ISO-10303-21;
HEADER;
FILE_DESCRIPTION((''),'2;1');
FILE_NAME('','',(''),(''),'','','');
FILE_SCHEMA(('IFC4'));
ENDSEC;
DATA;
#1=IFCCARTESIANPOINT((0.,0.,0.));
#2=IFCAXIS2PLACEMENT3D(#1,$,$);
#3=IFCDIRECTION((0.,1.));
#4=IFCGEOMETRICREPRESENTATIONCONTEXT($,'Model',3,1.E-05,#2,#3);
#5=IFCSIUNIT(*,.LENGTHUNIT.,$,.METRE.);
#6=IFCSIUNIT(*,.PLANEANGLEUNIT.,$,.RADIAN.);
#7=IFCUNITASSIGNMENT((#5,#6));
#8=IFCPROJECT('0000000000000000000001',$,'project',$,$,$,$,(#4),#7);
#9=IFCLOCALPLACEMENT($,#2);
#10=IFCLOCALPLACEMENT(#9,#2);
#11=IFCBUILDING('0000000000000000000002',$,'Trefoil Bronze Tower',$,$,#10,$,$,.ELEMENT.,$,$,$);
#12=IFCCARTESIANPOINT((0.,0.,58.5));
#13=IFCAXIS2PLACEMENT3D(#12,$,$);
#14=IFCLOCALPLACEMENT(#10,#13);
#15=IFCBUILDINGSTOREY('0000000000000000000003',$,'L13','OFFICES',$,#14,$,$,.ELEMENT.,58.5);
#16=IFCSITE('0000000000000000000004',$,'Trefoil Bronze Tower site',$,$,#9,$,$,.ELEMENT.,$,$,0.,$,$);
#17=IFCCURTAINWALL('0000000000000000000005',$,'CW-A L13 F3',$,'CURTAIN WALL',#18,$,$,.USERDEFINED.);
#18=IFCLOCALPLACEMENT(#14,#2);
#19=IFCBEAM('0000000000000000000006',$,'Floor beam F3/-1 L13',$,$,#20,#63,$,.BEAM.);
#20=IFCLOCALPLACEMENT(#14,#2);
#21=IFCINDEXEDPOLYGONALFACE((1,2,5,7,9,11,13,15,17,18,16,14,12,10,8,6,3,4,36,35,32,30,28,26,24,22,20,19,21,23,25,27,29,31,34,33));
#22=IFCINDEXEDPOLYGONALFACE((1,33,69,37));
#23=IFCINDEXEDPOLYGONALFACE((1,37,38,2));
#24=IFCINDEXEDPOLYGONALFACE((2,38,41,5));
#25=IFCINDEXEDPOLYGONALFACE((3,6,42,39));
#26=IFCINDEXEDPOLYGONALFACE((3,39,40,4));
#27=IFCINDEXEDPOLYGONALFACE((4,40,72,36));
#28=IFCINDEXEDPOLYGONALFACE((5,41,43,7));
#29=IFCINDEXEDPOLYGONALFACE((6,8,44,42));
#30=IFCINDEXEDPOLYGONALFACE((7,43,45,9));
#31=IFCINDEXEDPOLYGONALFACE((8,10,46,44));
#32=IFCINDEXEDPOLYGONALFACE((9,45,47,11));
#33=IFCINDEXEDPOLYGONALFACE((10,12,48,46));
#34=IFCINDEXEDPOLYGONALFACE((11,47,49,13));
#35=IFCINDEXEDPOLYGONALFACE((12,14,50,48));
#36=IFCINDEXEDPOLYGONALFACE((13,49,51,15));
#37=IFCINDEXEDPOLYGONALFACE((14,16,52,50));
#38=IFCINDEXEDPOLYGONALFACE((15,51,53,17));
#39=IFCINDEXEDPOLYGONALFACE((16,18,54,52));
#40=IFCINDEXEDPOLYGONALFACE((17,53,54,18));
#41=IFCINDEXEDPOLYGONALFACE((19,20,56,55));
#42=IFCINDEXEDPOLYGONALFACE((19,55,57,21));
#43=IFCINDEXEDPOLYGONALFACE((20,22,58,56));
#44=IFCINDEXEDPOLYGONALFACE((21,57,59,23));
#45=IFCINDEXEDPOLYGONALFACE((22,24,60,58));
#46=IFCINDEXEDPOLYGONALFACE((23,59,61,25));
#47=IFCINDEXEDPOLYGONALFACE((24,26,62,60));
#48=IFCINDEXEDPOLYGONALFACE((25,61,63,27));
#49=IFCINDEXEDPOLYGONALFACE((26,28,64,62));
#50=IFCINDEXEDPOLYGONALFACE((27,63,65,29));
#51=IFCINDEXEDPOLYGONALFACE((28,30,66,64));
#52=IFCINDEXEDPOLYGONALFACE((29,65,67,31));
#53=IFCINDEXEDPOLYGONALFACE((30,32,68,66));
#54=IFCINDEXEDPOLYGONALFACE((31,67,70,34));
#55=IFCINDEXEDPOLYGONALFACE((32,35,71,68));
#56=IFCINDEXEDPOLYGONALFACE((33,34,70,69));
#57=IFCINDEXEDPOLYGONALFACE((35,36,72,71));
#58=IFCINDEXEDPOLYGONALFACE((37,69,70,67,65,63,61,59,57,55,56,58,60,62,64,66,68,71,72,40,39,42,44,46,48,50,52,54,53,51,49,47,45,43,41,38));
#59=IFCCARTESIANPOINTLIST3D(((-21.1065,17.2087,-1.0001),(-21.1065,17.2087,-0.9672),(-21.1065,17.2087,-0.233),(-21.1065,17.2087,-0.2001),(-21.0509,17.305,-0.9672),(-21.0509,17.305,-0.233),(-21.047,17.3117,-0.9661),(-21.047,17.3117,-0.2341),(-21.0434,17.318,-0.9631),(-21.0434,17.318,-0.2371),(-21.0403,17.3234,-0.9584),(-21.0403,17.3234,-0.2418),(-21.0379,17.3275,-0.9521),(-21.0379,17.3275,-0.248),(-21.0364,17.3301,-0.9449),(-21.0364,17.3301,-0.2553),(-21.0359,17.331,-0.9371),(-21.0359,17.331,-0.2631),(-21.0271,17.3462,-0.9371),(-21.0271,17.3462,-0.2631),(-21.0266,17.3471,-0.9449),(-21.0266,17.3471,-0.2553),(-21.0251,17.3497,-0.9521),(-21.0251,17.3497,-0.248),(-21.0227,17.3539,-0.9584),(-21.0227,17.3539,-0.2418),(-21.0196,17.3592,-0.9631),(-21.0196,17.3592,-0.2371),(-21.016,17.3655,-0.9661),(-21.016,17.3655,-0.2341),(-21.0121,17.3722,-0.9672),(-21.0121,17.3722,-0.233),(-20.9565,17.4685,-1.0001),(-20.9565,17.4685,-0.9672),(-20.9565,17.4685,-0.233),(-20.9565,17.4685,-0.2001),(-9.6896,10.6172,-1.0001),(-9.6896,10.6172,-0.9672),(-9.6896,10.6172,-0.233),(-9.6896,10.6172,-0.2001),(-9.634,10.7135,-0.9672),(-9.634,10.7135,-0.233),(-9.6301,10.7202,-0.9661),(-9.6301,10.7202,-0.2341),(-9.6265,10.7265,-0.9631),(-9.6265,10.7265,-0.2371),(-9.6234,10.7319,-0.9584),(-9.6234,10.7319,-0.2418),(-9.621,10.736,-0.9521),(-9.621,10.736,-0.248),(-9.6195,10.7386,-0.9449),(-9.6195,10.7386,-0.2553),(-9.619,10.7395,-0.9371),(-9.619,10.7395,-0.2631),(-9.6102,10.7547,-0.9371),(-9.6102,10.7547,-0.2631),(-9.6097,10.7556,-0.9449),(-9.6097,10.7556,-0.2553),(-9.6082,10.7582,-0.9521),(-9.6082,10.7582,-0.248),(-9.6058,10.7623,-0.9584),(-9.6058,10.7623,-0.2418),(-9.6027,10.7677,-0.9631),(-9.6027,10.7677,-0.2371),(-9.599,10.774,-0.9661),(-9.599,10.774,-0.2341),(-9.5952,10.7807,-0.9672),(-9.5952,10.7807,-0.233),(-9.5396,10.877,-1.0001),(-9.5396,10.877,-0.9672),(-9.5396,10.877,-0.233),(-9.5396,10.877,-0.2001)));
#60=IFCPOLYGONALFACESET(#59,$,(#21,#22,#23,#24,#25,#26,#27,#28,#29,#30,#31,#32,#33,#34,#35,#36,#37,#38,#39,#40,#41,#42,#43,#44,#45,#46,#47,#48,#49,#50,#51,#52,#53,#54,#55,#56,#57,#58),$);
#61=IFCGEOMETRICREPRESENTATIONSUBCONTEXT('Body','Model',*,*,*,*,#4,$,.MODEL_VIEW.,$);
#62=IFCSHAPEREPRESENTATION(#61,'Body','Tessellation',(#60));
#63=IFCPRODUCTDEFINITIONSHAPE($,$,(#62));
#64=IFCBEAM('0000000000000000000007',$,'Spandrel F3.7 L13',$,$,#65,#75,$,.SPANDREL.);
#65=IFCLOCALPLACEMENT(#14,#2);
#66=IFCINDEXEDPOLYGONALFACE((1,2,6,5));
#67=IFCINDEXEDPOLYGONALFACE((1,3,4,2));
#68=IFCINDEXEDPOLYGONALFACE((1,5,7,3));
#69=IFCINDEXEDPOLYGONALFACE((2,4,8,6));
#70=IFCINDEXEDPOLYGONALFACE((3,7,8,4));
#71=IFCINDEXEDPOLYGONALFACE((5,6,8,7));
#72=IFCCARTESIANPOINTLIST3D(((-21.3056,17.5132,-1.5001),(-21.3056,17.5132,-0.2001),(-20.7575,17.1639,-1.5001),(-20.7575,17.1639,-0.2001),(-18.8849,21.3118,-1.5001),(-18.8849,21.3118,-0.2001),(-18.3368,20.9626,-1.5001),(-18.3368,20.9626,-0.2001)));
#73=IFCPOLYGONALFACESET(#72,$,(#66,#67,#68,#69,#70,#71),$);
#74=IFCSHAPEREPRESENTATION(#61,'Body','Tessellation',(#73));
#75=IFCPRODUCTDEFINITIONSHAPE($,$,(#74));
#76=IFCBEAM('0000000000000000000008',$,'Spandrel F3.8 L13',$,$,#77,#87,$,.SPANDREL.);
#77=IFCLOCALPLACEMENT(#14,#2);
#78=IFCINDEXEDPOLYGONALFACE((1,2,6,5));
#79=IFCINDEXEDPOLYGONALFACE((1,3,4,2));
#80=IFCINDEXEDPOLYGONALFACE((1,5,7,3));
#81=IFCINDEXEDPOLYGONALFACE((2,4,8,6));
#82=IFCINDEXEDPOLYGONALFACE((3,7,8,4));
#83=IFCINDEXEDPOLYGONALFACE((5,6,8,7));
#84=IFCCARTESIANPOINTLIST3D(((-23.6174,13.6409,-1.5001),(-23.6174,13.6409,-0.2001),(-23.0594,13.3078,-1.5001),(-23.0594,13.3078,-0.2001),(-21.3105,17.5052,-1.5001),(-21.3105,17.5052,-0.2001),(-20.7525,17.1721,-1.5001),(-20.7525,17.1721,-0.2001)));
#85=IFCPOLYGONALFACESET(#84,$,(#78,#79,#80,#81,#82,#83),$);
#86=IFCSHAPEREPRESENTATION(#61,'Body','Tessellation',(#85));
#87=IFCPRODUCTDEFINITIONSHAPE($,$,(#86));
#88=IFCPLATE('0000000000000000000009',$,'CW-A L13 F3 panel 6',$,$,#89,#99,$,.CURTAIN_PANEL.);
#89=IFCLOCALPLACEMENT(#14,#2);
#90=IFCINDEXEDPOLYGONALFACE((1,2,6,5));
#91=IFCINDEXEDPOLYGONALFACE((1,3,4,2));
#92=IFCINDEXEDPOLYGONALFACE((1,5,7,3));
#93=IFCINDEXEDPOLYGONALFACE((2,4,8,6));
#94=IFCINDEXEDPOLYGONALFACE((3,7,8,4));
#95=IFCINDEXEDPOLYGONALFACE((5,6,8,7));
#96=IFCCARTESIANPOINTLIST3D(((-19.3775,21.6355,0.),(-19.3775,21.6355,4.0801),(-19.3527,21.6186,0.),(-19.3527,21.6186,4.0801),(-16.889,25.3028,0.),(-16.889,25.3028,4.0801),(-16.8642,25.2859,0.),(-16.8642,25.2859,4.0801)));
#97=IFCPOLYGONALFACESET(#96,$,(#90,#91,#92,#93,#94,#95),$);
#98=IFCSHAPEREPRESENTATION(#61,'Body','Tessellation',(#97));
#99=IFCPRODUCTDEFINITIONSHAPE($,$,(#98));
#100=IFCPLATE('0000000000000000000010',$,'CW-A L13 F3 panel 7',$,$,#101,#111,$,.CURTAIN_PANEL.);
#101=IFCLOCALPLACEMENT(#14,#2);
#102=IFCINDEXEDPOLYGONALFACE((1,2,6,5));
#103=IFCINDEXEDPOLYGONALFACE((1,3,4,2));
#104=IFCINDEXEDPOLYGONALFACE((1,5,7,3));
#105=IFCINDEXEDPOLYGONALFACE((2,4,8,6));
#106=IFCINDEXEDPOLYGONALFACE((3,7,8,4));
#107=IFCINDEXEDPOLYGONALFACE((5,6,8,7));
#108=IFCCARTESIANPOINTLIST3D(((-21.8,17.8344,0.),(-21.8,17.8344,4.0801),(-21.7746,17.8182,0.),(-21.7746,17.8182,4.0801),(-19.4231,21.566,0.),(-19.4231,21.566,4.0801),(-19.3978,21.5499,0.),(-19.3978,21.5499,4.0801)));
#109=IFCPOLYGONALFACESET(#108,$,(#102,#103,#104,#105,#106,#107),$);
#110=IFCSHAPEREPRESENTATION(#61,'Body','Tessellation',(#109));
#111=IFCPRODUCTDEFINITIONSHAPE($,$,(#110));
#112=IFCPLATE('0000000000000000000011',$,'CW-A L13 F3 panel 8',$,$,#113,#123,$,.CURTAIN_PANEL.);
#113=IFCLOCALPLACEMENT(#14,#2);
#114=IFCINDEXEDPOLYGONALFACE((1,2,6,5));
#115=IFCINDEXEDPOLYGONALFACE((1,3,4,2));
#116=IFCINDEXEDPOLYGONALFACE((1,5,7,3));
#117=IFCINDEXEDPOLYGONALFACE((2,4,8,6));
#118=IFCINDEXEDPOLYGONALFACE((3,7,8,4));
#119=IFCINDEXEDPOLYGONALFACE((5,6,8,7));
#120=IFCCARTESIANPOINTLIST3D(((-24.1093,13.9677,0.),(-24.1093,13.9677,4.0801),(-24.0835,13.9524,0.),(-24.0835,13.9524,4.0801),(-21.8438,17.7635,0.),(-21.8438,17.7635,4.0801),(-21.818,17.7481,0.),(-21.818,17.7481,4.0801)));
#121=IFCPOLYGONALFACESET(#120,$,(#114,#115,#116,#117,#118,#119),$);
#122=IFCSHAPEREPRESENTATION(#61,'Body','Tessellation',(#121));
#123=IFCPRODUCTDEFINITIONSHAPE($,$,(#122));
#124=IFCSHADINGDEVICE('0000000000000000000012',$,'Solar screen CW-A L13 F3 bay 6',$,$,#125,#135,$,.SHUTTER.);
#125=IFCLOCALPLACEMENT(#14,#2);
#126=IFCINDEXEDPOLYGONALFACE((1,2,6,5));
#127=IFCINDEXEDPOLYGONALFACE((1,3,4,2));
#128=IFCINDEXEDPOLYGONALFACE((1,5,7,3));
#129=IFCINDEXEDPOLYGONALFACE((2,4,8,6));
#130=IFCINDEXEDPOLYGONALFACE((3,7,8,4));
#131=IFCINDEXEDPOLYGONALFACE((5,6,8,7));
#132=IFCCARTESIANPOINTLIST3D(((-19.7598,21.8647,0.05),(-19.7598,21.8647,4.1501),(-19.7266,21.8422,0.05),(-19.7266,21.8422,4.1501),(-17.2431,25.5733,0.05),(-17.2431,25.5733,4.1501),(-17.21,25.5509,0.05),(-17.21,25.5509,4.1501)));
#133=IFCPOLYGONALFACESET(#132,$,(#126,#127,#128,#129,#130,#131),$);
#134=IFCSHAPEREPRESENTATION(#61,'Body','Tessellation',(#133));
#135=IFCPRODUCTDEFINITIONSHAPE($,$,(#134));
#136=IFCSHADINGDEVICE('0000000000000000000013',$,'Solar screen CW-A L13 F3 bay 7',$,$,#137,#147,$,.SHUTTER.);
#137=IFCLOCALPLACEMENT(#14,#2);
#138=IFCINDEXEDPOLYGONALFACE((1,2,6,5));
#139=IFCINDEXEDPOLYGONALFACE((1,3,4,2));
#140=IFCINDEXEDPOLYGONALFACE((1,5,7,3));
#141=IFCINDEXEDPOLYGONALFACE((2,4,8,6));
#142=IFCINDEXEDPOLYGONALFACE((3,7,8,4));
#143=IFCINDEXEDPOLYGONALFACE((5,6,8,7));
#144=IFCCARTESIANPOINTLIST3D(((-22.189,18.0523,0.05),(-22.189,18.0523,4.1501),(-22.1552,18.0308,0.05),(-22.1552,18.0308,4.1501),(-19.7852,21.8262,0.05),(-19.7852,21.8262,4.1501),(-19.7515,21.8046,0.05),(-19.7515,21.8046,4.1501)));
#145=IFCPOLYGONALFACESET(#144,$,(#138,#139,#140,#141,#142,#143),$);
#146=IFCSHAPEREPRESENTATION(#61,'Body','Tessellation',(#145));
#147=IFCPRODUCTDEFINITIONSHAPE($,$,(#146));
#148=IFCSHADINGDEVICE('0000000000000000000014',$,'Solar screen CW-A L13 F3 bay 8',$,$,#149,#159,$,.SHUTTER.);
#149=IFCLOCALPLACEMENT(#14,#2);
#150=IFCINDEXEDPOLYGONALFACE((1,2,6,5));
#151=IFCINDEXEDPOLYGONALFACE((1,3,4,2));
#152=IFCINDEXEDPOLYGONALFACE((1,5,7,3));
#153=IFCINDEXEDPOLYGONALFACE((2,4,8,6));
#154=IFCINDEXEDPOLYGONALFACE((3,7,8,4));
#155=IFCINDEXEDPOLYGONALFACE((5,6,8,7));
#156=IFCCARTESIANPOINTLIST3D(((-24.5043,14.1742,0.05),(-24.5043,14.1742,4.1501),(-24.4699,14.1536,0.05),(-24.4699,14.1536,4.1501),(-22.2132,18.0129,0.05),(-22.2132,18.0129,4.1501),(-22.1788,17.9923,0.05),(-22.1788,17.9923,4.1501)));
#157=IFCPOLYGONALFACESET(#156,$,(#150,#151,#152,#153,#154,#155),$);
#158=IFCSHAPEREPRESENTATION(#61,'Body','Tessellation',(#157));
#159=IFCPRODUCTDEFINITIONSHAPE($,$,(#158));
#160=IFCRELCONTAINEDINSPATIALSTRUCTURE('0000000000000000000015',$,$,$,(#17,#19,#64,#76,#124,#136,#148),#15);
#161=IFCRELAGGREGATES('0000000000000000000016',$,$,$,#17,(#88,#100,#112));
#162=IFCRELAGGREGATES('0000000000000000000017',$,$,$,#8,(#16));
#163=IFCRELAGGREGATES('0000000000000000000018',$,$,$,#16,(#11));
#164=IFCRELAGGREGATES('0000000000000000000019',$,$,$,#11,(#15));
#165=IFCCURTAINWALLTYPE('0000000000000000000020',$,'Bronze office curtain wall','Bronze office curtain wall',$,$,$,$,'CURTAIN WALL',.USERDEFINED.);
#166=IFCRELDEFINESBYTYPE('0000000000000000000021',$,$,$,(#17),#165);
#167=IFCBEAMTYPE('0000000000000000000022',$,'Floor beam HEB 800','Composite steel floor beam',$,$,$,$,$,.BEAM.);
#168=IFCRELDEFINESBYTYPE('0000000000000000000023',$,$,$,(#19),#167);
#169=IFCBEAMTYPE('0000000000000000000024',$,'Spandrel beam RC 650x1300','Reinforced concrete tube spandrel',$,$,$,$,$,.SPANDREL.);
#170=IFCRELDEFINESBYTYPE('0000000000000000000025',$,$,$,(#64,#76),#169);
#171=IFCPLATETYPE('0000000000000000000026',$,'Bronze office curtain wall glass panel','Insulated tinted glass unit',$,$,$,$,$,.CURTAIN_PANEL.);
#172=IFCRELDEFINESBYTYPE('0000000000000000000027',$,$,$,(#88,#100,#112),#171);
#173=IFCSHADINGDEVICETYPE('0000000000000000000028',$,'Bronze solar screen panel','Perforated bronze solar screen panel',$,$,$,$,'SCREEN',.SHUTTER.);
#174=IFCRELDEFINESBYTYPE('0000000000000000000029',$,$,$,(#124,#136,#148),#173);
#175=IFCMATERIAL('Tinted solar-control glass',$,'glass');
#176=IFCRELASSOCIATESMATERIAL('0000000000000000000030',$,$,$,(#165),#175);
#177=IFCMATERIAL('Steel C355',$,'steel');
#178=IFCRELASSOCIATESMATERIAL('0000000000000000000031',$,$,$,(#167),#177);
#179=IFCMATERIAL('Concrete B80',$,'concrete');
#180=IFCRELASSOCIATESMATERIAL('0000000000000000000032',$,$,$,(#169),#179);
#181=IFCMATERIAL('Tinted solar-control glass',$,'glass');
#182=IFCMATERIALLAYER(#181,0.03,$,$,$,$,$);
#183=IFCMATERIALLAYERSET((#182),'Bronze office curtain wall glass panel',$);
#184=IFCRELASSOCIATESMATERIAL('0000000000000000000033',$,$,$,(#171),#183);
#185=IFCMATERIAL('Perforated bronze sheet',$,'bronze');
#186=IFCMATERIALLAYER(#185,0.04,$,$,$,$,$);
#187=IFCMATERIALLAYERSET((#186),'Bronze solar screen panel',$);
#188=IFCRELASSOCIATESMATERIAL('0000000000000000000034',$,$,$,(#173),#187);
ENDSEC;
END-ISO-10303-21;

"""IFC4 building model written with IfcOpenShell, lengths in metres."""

from ifc_helpers import new_model, si_unit, direction, frame, origin, origin_2d, place, context, subcontext, project, spatial, rectangle, i_section, extrude, material, layer, layer_set, material_profile, profile_set, type_object, element, aggregate, save


model = new_model("IFC4")

# Units and contexts
model_context = context("Model", 3, precision=1e-05, world=origin(), true_north=direction((0.0, 1.0)))
body_context = subcontext(model_context, "Body", "Model", "MODEL_VIEW")
ifc_project = project(units=[si_unit("LENGTHUNIT", "METRE"), si_unit("PLANEANGLEUNIT", "RADIAN")], contexts=[model_context])

# Site, building, storey
site_placement = place(None, origin())
site = spatial("IfcSite", under=ifc_project, at=site_placement, Name="Trefoil Bronze Tower site", CompositionType="ELEMENT", RefElevation=0.0)
building_placement = place(site_placement, origin())
building = spatial("IfcBuilding", under=site, at=building_placement, Name="Trefoil Bronze Tower", CompositionType="ELEMENT")
storey_placement = place(building_placement, frame((0.0, 0.0, 58.5)))
storey = spatial("IfcBuildingStorey", under=building, at=storey_placement, Name="L13", Description="OFFICES", CompositionType="ELEMENT", Elevation=58.5)

# Curtain wall
ifc_material_1 = material(Name="Tinted solar-control glass", Category="glass")
curtain_wall_type = type_object("IfcCurtainWallType", Name="Bronze office curtain wall", Description="Bronze office curtain wall", ElementType="CURTAIN WALL", PredefinedType="USERDEFINED", material=ifc_material_1)
curtain_wall_placement = place(storey_placement, origin())
curtain_wall = element("IfcCurtainWall", 1, at=curtain_wall_placement, inside=storey, type_object=curtain_wall_type, Name="CW-A L13 F3", ObjectType="CURTAIN WALL", PredefinedType="USERDEFINED")

# Beams
ifc_material_2 = material(Name="Steel C355", Category="steel")
ifc_material_profile_1 = material_profile(ifc_material_2, i_section(OverallWidth=0.3, OverallDepth=0.8, WebThickness=0.0176, FlangeThickness=0.033, FilletRadius=0.03, at=origin_2d()), Name="HEB 800")
ifc_profile_set_1 = profile_set([ifc_material_profile_1], Name="Steel C355")
beam_type_1 = type_object("IfcBeamType", Name="Floor beam HEB 800", Description="Composite steel floor beam", PredefinedType="BEAM", material=ifc_profile_set_1)
beam_1_placement = place(storey_placement, frame((-21.0315, 17.3386, -0.6001), z_axis=(0.866027, -0.499997, 0.0), x_axis=(0.499997, 0.866027, 0.0)))
element("IfcBeam", 2, at=beam_1_placement, inside=storey, type_object=beam_type_1, Name="Floor beam F3/-1 L13", PredefinedType="BEAM", context=body_context, shape_type="SweptSolid", body=[
    extrude(i_section(OverallWidth=0.3, OverallDepth=0.8, WebThickness=0.0176, FlangeThickness=0.033, FilletRadius=0.03, at=origin_2d()), origin(), (0.0, 0.0, 1.0), 13.1831),
])
ifc_material_3 = material(Name="Concrete B80", Category="concrete")
ifc_material_profile_2 = material_profile(ifc_material_3, rectangle(XDim=0.6499, YDim=1.3, at=origin_2d()), Name="RC 650x1300")
ifc_profile_set_2 = profile_set([ifc_material_profile_2], Name="Concrete B80")
beam_type_2 = type_object("IfcBeamType", Name="Spandrel beam RC 650x1300", Description="Reinforced concrete tube spandrel", PredefinedType="SPANDREL", material=ifc_profile_set_2)
beam_2_placement = place(storey_placement, frame((-18.6108, 21.1372, -0.8501), z_axis=(-0.537408, -0.843322, 0.0), x_axis=(0.843322, -0.537408, 0.0)))
element("IfcBeam", 3, at=beam_2_placement, inside=storey, type_object=beam_type_2, Name="Spandrel F3.7 L13", PredefinedType="SPANDREL", context=body_context, shape_type="SweptSolid", body=[
    extrude(rectangle(XDim=0.6499, YDim=1.3, at=origin_2d()), origin(), (0.0, 0.0, 1.0), 4.5044),
])
beam_3_placement = place(storey_placement, frame((-21.0315, 17.3386, -0.8501), z_axis=(-0.512588, -0.858635, 0.0), x_axis=(0.858635, -0.512588, 0.0)))
element("IfcBeam", 4, at=beam_3_placement, inside=storey, type_object=beam_type_2, Name="Spandrel F3.8 L13", PredefinedType="SPANDREL", context=body_context, shape_type="SweptSolid", body=[
    extrude(rectangle(XDim=0.6499, YDim=1.3, at=origin_2d()), origin(), (0.0, 0.0, 1.0), 4.5005),
])

# Plates
ifc_material_4 = material(Name="Tinted solar-control glass", Category="glass")
ifc_layer_1 = layer(ifc_material_4, 0.03)
ifc_layer_set_1 = layer_set([ifc_layer_1], Name="Bronze office curtain wall glass panel")
plate_type = type_object("IfcPlateType", Name="Bronze office curtain wall glass panel", Description="Insulated tinted glass unit", PredefinedType="CURTAIN_PANEL", material=ifc_layer_set_1)
plate_1_placement = place(storey_placement, frame((-18.1208, 23.4607, 0.0), z_axis=(0.0, 0.0, 1.0), x_axis=(-0.56151, -0.82747, 0.0)))
plate_1 = element("IfcPlate", 5, at=plate_1_placement, type_object=plate_type, Name="CW-A L13 F3 panel 6", PredefinedType="CURTAIN_PANEL", context=body_context, shape_type="SweptSolid", body=[
    extrude(rectangle(XDim=4.4319, YDim=0.03, at=origin_2d()), origin(), (0.0, 0.0, 1.0), 4.0801),
])
plate_2_placement = place(storey_placement, frame((-20.5989, 19.6921, 0.0), z_axis=(0.0, 0.0, 1.0), x_axis=(-0.537222, -0.843441, 0.0)))
plate_2 = element("IfcPlate", 6, at=plate_2_placement, type_object=plate_type, Name="CW-A L13 F3 panel 7", PredefinedType="CURTAIN_PANEL", context=body_context, shape_type="SweptSolid", body=[
    extrude(rectangle(XDim=4.4243, YDim=0.03, at=origin_2d()), origin(), (0.0, 0.0, 1.0), 4.0801),
])
plate_3_placement = place(storey_placement, frame((-22.9636, 15.8579, 0.0), z_axis=(0.0, 0.0, 1.0), x_axis=(-0.512513, -0.85868, 0.0)))
plate_3 = element("IfcPlate", 7, at=plate_3_placement, type_object=plate_type, Name="CW-A L13 F3 panel 8", PredefinedType="CURTAIN_PANEL", context=body_context, shape_type="SweptSolid", body=[
    extrude(rectangle(XDim=4.4204, YDim=0.03, at=origin_2d()), origin(), (0.0, 0.0, 1.0), 4.0801),
])
aggregate(curtain_wall, [plate_1, plate_2, plate_3])

# Shading devices
ifc_material_5 = material(Name="Perforated bronze sheet", Category="bronze")
ifc_layer_2 = layer(ifc_material_5, 0.04)
ifc_layer_set_2 = layer_set([ifc_layer_2], Name="Bronze solar screen panel")
shading_device_type = type_object("IfcShadingDeviceType", Name="Bronze solar screen panel", Description="Perforated bronze solar screen panel", ElementType="SCREEN", PredefinedType="SHUTTER", material=ifc_layer_set_2)
shading_device_1_placement = place(storey_placement, frame((-18.4849, 23.7078, 0.05), z_axis=(0.0, 0.0, 1.0), x_axis=(-0.56151, -0.82747, 0.0)))
element("IfcShadingDevice", 8, at=shading_device_1_placement, inside=storey, type_object=shading_device_type, Name="Solar screen CW-A L13 F3 bay 6", PredefinedType="SHUTTER", context=body_context, shape_type="SweptSolid", body=[
    extrude(rectangle(XDim=4.4819, YDim=0.04, at=origin_2d()), origin(), (0.0, 0.0, 1.0), 4.1001),
])
shading_device_2_placement = place(storey_placement, frame((-20.9702, 19.9285, 0.05), z_axis=(0.0, 0.0, 1.0), x_axis=(-0.537222, -0.843441, 0.0)))
element("IfcShadingDevice", 9, at=shading_device_2_placement, inside=storey, type_object=shading_device_type, Name="Solar screen CW-A L13 F3 bay 7", PredefinedType="SHUTTER", context=body_context, shape_type="SweptSolid", body=[
    extrude(rectangle(XDim=4.4744, YDim=0.04, at=origin_2d()), origin(), (0.0, 0.0, 1.0), 4.1001),
])
shading_device_3_placement = place(storey_placement, frame((-23.3416, 16.0833, 0.05), z_axis=(0.0, 0.0, 1.0), x_axis=(-0.512513, -0.85868, 0.0)))
element("IfcShadingDevice", 10, at=shading_device_3_placement, inside=storey, type_object=shading_device_type, Name="Solar screen CW-A L13 F3 bay 8", PredefinedType="SHUTTER", context=body_context, shape_type="SweptSolid", body=[
    extrude(rectangle(XDim=4.4705, YDim=0.04, at=origin_2d()), origin(), (0.0, 0.0, 1.0), 4.1001),
])

save(model, "model.ifc")
